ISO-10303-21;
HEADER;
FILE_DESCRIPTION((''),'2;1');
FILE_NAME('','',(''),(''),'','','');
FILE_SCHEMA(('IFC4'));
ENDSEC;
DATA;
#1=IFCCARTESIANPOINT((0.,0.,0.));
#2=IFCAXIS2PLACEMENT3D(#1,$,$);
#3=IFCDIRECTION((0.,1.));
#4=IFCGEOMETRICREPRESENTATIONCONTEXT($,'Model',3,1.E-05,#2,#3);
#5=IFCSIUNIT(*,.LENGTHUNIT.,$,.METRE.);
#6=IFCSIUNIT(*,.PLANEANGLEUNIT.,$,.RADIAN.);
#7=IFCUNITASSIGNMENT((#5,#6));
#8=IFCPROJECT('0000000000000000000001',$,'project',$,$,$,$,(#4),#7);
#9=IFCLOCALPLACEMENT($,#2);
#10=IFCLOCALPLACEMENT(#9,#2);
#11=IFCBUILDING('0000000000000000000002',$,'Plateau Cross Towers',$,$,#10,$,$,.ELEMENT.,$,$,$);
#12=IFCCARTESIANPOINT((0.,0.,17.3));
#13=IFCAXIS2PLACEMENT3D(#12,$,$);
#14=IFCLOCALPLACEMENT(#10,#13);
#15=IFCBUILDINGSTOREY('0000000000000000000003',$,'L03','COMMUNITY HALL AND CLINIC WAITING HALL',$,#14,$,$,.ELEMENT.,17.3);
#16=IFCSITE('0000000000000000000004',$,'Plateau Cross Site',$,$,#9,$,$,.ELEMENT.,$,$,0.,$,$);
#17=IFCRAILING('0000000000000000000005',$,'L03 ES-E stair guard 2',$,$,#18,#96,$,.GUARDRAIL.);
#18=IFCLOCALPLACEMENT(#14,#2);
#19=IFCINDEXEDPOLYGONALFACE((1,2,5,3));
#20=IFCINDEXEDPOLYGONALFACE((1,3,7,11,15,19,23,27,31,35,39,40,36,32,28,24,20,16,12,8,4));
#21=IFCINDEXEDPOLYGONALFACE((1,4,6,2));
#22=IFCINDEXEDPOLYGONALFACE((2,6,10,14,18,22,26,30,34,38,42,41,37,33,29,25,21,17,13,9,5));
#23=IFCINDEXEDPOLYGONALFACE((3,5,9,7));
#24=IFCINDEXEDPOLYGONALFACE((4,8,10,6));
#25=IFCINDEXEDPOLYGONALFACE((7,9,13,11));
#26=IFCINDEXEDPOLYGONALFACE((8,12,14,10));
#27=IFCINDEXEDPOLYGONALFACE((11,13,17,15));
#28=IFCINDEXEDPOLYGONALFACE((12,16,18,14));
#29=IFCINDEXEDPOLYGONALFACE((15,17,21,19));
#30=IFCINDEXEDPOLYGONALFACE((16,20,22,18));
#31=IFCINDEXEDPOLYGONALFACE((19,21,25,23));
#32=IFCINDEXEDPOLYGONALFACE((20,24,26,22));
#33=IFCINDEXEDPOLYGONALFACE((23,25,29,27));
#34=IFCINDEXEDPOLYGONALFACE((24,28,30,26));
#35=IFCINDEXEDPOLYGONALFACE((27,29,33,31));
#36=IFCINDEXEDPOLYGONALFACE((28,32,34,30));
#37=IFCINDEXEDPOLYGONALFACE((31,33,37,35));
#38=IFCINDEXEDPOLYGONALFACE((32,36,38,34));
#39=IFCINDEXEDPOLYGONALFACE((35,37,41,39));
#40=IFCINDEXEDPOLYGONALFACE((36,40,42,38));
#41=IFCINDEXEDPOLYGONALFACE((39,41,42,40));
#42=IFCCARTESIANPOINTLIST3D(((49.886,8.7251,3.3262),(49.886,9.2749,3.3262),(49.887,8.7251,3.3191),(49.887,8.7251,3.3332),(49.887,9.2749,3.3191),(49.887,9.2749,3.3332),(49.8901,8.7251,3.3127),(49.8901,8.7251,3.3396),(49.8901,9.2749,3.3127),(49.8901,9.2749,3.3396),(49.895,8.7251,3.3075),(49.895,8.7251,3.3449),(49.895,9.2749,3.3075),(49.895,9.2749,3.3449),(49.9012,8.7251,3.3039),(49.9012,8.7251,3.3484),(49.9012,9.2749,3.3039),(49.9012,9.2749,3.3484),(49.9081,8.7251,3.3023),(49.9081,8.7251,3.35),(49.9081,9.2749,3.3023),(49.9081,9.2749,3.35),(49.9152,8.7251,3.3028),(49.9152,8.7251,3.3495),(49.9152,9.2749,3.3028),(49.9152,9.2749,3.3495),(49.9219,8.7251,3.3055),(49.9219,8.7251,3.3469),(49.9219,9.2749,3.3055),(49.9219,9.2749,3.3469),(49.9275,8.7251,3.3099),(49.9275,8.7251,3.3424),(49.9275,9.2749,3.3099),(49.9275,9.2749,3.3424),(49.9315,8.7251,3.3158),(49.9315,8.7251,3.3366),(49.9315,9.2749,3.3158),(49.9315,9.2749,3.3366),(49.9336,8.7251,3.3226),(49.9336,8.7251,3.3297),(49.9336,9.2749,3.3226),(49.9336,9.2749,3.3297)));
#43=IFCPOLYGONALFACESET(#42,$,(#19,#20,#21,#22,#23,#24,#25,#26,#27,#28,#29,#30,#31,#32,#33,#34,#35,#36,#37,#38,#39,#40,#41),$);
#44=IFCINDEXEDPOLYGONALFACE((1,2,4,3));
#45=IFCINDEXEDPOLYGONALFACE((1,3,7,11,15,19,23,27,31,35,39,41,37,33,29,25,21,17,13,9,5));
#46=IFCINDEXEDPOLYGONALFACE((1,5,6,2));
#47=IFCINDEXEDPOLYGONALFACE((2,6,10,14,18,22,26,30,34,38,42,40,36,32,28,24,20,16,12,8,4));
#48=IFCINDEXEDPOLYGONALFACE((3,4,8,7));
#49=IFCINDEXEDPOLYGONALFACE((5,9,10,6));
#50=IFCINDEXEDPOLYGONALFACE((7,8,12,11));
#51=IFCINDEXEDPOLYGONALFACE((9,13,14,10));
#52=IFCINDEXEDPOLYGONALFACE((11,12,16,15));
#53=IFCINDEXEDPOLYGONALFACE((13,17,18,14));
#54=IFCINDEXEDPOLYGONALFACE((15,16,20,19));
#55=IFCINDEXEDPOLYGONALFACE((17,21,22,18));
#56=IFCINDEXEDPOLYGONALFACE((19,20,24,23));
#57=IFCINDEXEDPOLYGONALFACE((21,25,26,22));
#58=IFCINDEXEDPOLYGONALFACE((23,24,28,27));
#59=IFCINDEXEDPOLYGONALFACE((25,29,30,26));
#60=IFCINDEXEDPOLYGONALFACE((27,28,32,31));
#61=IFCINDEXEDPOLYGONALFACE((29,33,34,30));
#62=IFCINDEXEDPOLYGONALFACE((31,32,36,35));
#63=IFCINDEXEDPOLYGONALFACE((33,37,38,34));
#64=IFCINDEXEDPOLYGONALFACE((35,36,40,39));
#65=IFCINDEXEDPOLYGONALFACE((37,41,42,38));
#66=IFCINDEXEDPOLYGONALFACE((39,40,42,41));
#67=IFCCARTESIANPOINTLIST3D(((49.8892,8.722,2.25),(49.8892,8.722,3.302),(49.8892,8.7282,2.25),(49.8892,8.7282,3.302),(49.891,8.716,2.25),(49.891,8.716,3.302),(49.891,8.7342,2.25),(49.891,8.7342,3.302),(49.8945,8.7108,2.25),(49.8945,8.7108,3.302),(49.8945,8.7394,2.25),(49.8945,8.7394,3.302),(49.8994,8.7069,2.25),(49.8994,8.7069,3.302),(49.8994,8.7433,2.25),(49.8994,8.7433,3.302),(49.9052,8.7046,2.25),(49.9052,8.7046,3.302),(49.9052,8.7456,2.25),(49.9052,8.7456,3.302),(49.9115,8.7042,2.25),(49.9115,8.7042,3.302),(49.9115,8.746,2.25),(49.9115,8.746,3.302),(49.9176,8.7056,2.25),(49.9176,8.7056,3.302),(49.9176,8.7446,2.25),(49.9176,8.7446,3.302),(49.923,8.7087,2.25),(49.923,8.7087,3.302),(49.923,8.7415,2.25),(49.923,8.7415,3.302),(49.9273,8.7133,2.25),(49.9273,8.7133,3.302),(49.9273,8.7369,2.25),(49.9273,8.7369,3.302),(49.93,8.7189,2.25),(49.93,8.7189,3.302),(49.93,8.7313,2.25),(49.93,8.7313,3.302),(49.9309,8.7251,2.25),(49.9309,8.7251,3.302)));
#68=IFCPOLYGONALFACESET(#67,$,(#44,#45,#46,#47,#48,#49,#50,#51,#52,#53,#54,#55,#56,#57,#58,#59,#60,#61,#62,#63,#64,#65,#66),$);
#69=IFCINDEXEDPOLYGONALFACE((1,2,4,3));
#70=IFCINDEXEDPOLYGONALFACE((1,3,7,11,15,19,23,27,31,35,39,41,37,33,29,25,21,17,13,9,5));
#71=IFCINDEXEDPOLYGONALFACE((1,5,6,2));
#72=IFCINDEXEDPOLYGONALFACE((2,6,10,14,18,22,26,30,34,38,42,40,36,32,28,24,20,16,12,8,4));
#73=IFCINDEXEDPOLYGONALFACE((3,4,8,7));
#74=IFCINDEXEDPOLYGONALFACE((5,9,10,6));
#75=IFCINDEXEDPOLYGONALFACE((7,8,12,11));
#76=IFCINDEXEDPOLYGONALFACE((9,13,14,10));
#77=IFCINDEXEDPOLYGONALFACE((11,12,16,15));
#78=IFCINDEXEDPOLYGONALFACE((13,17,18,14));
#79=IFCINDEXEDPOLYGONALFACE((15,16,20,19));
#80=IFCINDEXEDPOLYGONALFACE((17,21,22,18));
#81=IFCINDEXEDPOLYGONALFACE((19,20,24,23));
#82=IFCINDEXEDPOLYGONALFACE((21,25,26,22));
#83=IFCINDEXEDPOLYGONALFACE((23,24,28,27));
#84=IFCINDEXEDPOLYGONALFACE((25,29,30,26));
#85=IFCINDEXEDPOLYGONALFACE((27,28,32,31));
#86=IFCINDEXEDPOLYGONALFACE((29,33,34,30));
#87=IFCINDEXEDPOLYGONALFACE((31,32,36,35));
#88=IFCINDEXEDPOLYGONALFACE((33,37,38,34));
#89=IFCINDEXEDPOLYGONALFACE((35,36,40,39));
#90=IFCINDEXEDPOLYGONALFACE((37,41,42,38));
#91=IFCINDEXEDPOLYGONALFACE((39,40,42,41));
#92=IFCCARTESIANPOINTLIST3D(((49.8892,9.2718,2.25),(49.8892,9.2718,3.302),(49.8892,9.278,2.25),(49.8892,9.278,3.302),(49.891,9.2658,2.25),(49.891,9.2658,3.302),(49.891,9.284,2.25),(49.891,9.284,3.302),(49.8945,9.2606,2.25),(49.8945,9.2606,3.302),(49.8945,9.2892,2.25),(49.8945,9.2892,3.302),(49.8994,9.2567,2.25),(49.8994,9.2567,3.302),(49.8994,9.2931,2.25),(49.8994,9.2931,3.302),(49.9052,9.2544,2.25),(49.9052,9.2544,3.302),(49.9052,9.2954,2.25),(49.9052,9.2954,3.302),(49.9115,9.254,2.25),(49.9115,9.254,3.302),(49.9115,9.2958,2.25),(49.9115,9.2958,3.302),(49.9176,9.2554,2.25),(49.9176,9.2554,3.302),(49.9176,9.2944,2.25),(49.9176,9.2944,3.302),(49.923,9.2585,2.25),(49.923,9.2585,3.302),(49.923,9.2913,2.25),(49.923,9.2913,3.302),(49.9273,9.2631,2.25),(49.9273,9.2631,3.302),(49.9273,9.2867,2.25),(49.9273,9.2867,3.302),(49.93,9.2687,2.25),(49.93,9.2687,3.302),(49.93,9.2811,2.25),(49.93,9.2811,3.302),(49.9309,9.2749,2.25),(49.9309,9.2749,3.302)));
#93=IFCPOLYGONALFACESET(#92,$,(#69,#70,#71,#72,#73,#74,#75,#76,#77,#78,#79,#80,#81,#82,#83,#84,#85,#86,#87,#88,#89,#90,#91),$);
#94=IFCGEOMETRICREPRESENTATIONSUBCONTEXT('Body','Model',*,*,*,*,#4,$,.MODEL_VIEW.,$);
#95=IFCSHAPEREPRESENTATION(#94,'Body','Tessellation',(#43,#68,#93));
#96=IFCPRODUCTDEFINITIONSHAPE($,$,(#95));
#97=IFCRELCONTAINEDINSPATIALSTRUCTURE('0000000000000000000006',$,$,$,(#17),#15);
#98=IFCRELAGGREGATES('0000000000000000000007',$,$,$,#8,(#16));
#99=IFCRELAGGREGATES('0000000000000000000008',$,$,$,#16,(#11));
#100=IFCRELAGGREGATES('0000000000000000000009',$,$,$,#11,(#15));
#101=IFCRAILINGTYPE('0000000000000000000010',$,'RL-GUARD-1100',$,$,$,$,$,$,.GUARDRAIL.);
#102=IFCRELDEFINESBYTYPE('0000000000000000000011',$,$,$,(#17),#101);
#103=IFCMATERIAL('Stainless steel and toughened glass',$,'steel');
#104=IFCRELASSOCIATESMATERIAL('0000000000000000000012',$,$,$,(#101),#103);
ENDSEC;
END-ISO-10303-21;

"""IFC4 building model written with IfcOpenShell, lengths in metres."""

from ifc_helpers import new_model, si_unit, direction, frame, origin, origin_2d, place, context, subcontext, project, spatial, circle, extrude, material, type_object, element, save


model = new_model("IFC4")

# Units and contexts
model_context = context("Model", 3, precision=1e-05, world=origin(), true_north=direction((0.0, 1.0)))
body_context = subcontext(model_context, "Body", "Model", "MODEL_VIEW")
ifc_project = project(units=[si_unit("LENGTHUNIT", "METRE"), si_unit("PLANEANGLEUNIT", "RADIAN")], contexts=[model_context])

# Site, building, storey
site_placement = place(None, origin())
site = spatial("IfcSite", under=ifc_project, at=site_placement, Name="Plateau Cross Site", CompositionType="ELEMENT", RefElevation=0.0)
building_placement = place(site_placement, origin())
building = spatial("IfcBuilding", under=site, at=building_placement, Name="Plateau Cross Towers", CompositionType="ELEMENT")
storey_placement = place(building_placement, frame((0.0, 0.0, 17.3)))
storey = spatial("IfcBuildingStorey", under=building, at=storey_placement, Name="L03", Description="COMMUNITY HALL AND CLINIC WAITING HALL", CompositionType="ELEMENT", Elevation=17.3)

# Railing
ifc_material_1 = material(Name="Stainless steel and toughened glass", Category="steel")
railing_type_1 = type_object("IfcRailingType", Name="RL-GUARD-1100", PredefinedType="GUARDRAIL", material=ifc_material_1)
railing_1_placement = place(storey_placement, frame((49.9099, 8.7251, 2.25)))
element("IfcRailing", 1, at=railing_1_placement, inside=storey, type_object=railing_type_1, Name="L03 ES-E stair guard 2", PredefinedType="GUARDRAIL", context=body_context, shape_type="SweptSolid", body=[
    extrude(circle(Radius=0.0239, at=origin_2d()), frame((0.0, 0.0, 1.0762), z_axis=(0.0, 1.0, 0.0), x_axis=(-1.0, 0.0, 0.0)), (0.0, 0.0, 1.0), 0.5498),
    extrude(circle(Radius=0.021, at=origin_2d()), origin(), (0.0, 0.0, 1.0), 1.052),
    extrude(circle(Radius=0.021, at=origin_2d()), frame((0.0, 0.5498, 0.0)), (0.0, 0.0, 1.0), 1.052),
])

save(model, "model.ifc")
